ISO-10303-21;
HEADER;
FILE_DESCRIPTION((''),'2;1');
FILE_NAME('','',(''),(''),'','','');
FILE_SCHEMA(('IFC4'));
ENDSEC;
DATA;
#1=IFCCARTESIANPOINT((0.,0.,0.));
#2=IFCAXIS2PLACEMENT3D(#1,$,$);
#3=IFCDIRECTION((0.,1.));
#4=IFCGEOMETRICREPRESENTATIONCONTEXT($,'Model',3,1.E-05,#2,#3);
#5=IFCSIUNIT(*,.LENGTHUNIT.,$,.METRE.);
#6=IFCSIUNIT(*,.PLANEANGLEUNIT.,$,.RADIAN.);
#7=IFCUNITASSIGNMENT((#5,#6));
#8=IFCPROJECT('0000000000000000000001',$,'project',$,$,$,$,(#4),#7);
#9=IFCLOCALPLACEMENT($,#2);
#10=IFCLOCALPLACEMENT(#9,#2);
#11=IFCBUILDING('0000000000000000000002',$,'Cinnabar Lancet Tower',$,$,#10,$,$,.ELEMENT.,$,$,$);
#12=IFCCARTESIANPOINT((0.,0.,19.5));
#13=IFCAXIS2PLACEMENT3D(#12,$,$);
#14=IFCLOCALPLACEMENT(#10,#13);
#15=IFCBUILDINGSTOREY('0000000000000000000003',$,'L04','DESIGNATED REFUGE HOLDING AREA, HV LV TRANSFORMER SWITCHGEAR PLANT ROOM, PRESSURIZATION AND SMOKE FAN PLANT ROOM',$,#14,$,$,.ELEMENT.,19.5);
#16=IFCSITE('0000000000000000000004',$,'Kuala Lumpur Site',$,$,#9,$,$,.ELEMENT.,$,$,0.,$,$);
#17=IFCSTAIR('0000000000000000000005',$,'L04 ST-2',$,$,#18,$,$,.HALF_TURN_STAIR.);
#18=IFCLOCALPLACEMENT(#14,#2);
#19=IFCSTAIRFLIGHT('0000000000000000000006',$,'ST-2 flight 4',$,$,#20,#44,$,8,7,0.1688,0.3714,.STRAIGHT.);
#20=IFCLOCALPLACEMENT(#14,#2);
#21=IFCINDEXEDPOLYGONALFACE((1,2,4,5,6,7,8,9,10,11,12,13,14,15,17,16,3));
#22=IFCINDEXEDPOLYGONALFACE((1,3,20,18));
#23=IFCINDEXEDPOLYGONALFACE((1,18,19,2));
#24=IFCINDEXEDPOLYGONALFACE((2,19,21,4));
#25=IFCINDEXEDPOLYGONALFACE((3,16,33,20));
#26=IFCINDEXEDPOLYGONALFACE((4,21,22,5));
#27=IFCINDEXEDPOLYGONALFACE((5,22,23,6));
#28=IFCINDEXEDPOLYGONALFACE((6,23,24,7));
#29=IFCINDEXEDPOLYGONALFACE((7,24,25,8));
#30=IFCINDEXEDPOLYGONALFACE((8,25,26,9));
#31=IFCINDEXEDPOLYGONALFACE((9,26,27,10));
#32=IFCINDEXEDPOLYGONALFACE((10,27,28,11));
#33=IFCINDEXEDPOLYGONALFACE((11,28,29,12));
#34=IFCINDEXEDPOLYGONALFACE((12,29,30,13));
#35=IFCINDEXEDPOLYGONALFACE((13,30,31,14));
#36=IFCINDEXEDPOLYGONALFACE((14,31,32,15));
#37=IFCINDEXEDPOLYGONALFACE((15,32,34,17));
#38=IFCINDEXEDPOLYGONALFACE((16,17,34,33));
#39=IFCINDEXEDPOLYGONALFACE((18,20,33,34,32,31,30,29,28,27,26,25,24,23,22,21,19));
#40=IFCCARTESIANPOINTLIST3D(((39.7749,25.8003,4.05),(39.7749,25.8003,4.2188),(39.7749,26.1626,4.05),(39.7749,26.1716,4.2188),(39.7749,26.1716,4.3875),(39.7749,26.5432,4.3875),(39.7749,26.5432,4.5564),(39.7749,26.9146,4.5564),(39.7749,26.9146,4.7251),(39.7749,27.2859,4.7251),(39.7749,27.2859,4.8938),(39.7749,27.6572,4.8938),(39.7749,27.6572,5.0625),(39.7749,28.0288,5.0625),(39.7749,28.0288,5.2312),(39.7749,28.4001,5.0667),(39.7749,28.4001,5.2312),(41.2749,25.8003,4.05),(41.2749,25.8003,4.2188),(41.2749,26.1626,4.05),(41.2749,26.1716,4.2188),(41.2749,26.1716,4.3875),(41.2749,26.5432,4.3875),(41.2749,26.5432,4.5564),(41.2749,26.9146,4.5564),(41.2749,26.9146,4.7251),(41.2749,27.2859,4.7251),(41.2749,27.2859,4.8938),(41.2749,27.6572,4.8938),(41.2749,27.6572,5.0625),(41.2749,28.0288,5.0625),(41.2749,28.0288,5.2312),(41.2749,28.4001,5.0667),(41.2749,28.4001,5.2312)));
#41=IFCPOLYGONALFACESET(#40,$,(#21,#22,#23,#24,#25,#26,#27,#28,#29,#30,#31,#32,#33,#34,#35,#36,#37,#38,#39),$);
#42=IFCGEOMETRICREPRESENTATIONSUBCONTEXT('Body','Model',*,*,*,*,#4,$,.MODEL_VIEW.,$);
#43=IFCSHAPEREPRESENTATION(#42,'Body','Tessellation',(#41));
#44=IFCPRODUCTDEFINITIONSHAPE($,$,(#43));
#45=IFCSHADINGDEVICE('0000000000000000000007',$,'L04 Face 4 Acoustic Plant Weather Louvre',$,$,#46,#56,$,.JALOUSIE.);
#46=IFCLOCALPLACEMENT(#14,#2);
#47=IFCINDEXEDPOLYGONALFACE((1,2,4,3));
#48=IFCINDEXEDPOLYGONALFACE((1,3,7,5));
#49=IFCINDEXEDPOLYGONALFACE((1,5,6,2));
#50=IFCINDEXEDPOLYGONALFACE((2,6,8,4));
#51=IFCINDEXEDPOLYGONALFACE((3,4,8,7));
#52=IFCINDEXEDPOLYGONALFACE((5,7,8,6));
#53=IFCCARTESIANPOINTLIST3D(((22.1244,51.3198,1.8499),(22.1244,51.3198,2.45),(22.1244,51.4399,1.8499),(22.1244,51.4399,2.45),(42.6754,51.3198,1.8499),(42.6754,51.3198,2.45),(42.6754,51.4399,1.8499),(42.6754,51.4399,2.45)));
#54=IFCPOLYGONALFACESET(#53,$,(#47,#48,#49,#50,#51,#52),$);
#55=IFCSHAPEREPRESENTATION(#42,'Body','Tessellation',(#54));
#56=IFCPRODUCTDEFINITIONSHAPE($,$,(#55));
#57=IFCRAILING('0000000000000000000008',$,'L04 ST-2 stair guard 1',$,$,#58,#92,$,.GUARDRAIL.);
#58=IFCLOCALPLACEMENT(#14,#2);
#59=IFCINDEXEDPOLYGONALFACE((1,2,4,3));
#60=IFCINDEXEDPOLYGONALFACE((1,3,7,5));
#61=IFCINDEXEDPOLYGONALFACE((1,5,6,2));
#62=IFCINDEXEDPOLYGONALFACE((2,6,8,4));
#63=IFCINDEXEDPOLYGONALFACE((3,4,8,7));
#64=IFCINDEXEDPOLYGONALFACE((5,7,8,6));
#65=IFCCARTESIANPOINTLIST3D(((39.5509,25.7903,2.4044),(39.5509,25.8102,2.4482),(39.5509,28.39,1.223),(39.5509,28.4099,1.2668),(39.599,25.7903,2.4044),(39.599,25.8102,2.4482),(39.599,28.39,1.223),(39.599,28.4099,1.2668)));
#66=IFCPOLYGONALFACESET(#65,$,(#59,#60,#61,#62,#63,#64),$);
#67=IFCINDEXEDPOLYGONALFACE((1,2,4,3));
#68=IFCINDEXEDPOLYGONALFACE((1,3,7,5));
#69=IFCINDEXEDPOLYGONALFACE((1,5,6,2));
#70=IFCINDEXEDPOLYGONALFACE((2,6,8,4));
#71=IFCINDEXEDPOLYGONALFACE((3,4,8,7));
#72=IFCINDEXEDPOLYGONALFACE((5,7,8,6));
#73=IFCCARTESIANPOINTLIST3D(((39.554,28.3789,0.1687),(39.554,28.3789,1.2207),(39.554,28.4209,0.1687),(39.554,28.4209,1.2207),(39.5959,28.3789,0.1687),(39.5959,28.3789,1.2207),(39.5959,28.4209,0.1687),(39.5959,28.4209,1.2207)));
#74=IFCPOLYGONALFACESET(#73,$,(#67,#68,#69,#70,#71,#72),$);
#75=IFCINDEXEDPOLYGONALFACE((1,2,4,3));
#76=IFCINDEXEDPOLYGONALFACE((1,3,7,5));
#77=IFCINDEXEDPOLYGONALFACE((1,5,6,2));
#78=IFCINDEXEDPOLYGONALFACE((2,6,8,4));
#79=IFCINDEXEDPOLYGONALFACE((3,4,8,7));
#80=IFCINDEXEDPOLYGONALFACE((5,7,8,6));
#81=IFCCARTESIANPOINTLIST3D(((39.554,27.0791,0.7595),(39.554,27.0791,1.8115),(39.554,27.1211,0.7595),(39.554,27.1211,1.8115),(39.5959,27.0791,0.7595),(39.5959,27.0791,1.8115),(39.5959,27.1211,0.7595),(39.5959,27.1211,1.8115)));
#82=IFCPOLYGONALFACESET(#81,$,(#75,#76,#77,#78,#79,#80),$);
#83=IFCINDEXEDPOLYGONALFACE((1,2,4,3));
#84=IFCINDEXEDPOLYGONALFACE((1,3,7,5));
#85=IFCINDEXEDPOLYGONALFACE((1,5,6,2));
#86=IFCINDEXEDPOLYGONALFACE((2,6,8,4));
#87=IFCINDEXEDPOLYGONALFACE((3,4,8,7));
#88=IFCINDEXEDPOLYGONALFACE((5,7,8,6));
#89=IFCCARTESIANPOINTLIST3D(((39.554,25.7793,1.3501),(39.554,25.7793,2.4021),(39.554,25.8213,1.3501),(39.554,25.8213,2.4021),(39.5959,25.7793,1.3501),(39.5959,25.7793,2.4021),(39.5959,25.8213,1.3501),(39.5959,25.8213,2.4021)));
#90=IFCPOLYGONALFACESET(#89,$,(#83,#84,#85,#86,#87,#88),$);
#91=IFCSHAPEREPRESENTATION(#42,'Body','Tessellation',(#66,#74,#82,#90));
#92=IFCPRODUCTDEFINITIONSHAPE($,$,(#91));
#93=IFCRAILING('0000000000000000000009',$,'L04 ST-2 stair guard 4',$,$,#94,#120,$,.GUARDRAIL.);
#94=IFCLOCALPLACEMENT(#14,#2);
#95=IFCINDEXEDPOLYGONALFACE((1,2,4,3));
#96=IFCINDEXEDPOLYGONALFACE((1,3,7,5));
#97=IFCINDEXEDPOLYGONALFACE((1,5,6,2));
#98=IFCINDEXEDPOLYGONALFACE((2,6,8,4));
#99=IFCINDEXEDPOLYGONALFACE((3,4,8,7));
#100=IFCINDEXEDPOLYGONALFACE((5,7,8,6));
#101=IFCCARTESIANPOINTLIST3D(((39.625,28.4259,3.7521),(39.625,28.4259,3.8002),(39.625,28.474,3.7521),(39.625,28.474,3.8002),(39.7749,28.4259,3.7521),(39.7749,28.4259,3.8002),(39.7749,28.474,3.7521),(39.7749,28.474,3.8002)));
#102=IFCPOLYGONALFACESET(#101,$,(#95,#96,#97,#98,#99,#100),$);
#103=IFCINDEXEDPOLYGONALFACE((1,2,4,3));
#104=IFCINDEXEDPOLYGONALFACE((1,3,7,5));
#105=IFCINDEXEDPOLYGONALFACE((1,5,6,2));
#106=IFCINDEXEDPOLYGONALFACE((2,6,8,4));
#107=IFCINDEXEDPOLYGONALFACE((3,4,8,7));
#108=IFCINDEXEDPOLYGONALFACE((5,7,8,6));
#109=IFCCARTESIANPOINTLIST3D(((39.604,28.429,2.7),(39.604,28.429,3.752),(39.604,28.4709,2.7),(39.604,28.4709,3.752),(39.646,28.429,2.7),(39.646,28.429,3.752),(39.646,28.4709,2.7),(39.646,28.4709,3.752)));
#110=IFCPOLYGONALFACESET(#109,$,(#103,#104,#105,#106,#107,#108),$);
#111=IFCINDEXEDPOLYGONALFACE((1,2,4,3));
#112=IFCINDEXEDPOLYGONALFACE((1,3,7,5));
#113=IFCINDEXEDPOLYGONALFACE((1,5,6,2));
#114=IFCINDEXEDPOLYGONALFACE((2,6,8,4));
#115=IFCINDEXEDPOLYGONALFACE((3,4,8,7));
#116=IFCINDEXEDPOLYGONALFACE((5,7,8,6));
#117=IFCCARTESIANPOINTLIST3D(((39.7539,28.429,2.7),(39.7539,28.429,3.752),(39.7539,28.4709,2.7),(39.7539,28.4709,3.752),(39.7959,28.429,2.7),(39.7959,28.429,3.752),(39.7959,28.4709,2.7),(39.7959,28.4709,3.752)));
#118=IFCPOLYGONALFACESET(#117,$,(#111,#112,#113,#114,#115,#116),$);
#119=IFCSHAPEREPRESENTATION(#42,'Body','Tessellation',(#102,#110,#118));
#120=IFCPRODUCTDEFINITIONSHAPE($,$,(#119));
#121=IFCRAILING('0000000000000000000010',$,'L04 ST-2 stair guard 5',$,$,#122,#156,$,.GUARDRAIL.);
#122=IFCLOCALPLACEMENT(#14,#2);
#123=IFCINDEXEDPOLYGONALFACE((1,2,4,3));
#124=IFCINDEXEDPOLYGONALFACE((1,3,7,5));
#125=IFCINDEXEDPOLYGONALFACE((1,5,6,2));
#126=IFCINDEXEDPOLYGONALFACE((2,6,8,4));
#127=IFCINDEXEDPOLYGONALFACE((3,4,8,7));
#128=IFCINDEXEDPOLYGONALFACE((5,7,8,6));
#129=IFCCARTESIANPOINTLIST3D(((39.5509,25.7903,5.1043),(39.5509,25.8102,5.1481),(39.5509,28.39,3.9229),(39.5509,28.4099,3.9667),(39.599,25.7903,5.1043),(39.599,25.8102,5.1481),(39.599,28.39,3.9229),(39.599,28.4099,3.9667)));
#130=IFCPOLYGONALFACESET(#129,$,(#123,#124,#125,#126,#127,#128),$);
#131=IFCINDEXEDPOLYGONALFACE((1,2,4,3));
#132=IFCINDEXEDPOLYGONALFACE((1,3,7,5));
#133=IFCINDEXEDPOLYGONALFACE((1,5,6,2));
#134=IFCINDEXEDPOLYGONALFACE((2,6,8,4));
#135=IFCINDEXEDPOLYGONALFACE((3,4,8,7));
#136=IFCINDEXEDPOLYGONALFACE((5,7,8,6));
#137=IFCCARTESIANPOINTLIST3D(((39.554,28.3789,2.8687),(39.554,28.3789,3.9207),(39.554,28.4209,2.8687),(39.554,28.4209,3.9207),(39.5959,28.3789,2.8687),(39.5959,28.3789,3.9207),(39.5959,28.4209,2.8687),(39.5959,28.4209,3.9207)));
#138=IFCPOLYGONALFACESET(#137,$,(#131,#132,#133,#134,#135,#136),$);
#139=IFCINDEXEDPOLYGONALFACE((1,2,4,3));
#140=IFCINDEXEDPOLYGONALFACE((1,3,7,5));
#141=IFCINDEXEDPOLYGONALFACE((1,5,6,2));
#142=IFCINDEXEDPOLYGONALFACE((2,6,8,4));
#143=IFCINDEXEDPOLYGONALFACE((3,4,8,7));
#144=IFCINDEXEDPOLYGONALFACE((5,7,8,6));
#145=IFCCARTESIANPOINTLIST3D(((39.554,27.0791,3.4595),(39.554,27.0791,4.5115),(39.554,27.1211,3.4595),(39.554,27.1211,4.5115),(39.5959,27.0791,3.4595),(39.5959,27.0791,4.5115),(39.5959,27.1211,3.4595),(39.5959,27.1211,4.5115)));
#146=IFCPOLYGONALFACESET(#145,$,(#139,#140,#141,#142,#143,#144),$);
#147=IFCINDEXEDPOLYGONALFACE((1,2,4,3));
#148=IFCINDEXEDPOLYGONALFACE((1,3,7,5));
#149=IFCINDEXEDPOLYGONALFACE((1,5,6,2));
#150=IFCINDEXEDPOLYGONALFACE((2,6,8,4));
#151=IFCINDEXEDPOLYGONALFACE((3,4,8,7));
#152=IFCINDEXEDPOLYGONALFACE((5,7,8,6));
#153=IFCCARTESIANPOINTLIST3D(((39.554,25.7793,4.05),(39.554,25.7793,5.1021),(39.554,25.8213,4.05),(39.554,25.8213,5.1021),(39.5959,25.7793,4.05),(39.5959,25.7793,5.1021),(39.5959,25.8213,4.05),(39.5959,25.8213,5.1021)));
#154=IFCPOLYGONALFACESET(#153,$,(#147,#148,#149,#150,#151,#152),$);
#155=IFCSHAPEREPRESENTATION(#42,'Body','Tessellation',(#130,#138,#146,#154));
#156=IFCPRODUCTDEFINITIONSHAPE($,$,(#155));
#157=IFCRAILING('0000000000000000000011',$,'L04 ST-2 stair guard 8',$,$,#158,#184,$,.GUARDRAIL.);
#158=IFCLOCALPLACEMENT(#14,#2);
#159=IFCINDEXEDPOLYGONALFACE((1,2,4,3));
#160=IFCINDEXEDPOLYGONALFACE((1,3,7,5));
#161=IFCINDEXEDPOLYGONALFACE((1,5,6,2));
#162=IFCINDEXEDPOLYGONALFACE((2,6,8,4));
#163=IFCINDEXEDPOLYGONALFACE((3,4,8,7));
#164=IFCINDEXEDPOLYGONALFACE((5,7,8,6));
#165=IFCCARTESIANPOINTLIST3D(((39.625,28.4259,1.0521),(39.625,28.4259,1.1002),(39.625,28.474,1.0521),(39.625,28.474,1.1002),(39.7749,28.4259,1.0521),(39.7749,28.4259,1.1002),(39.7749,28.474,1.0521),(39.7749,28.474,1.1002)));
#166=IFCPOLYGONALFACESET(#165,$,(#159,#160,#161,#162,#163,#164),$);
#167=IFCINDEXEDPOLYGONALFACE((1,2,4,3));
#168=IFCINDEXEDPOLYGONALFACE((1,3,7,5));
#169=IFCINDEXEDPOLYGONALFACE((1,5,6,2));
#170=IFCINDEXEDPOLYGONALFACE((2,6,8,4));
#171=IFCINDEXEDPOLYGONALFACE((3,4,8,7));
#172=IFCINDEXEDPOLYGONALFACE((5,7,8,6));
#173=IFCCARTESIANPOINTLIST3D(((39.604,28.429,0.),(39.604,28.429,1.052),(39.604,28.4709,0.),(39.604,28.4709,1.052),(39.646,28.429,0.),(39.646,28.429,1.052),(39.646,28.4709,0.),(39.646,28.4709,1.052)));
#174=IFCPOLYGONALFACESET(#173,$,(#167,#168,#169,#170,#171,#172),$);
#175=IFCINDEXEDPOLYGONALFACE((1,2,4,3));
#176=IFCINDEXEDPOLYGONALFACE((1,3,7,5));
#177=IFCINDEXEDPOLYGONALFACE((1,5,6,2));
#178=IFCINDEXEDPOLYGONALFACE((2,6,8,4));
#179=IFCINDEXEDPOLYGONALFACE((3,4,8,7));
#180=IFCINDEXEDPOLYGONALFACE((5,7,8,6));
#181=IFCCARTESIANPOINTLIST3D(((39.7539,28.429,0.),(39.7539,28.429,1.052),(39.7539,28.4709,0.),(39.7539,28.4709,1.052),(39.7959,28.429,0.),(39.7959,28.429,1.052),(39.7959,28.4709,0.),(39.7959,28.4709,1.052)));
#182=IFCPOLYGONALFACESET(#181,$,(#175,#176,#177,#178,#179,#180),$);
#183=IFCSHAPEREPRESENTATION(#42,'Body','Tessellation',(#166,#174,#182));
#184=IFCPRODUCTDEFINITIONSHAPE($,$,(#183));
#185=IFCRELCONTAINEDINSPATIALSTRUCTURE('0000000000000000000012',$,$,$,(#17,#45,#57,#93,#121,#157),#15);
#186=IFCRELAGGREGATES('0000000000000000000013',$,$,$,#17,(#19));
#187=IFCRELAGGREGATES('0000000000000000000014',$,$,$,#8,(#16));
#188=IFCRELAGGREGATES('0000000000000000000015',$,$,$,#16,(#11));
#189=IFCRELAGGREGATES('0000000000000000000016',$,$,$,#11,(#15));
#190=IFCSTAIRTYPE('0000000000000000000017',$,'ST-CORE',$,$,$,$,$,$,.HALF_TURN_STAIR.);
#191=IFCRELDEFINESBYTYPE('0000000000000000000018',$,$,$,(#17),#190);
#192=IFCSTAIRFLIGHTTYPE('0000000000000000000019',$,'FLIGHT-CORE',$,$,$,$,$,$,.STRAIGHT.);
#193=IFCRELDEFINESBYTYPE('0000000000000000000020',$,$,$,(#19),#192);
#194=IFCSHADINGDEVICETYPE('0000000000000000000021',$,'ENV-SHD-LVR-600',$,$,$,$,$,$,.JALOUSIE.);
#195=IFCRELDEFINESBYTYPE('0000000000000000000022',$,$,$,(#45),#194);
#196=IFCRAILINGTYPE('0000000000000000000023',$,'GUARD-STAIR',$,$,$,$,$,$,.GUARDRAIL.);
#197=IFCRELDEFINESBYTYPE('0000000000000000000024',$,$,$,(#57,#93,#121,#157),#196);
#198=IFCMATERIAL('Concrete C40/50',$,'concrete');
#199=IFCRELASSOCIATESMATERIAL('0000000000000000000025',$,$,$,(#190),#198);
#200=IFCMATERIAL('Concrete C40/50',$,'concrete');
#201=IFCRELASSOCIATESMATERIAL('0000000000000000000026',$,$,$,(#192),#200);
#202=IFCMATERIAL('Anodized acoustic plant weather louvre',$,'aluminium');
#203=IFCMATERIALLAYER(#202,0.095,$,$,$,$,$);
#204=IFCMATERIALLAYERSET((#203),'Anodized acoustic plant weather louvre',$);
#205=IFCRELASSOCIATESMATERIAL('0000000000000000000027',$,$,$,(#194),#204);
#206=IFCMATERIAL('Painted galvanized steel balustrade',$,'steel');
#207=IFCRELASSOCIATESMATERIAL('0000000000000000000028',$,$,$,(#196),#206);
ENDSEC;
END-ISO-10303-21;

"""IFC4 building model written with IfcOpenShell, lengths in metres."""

from ifc_helpers import new_model, si_unit, direction, frame, origin, origin_2d, place, context, subcontext, project, spatial, polyline, rectangle, outline, extrude, material, layer, layer_set, type_object, element, aggregate, save


model = new_model("IFC4")

# Units and contexts
model_context = context("Model", 3, precision=1e-05, world=origin(), true_north=direction((0.0, 1.0)))
body_context = subcontext(model_context, "Body", "Model", "MODEL_VIEW")
ifc_project = project(units=[si_unit("LENGTHUNIT", "METRE"), si_unit("PLANEANGLEUNIT", "RADIAN")], contexts=[model_context])

# Site, building, storey
site_placement = place(None, origin())
site = spatial("IfcSite", under=ifc_project, at=site_placement, Name="Kuala Lumpur Site", CompositionType="ELEMENT", RefElevation=0.0)
building_placement = place(site_placement, origin())
building = spatial("IfcBuilding", under=site, at=building_placement, Name="Cinnabar Lancet Tower", CompositionType="ELEMENT")
storey_placement = place(building_placement, frame((0.0, 0.0, 19.5)))
storey = spatial("IfcBuildingStorey", under=building, at=storey_placement, Name="L04", Description="DESIGNATED REFUGE HOLDING AREA, HV LV TRANSFORMER SWITCHGEAR PLANT ROOM, PRESSURIZATION AND SMOKE FAN PLANT ROOM", CompositionType="ELEMENT", Elevation=19.5)

# Stair, stair flight
ifc_material_1 = material(Name="Concrete C40/50", Category="concrete")
stair_type = type_object("IfcStairType", Name="ST-CORE", PredefinedType="HALF_TURN_STAIR", material=ifc_material_1)
stair_placement = place(storey_placement, origin())
stair = element("IfcStair", 1, at=stair_placement, inside=storey, type_object=stair_type, Name="L04 ST-2", PredefinedType="HALF_TURN_STAIR")
ifc_material_2 = material(Name="Concrete C40/50", Category="concrete")
stair_flight_type = type_object("IfcStairFlightType", Name="FLIGHT-CORE", PredefinedType="STRAIGHT", material=ifc_material_2)
stair_flight_1_placement = place(storey_placement, frame((40.5249, 25.8003, 4.05), z_axis=(0.0, 0.0, 1.0), x_axis=(0.0, 1.0, 0.0)))
stair_flight_1 = element("IfcStairFlight", 2, at=stair_flight_1_placement, type_object=stair_flight_type, Name="ST-2 flight 4", NumberOfRisers=8, NumberOfTreads=7, PredefinedType="STRAIGHT", RiserHeight=0.1688, TreadLength=0.3714, context=body_context, shape_type="SweptSolid", body=[
    extrude(outline(polyline([(0.0, 0.0), (0.0, 0.1687), (0.3713, 0.1687), (0.3713, 0.3374), (0.7429, 0.3374), (0.7429, 0.5063), (1.1143, 0.5063), (1.1143, 0.675), (1.4856, 0.675), (1.4856, 0.8438), (1.8569, 0.8438), (1.8569, 1.0125), (2.2285, 1.0125), (2.2285, 1.1812), (2.5999, 1.1812), (2.5999, 1.3501), (2.5999, 1.0166), (0.3623, 0.0), (0.0, 0.0)])), frame((0.0, 0.75, 0.0), z_axis=(0.0, -1.0, 0.0), x_axis=(1.0, 0.0, 0.0)), (0.0, 0.0, 1.0), 1.5),
])
aggregate(stair, [stair_flight_1])

# Shading device
ifc_material_3 = material(Name="Anodized acoustic plant weather louvre", Category="aluminium")
ifc_layer_1 = layer(ifc_material_3, 0.095)
ifc_layer_set_1 = layer_set([ifc_layer_1], Name="Anodized acoustic plant weather louvre")
shading_device_type = type_object("IfcShadingDeviceType", Name="ENV-SHD-LVR-600", PredefinedType="JALOUSIE", material=ifc_layer_set_1)
shading_device_placement = place(storey_placement, frame((32.3999, 51.3799, 1.8499), z_axis=(0.0, 0.0, 1.0), x_axis=(-1.0, 0.0, 0.0)))
element("IfcShadingDevice", 3, at=shading_device_placement, inside=storey, type_object=shading_device_type, Name="L04 Face 4 Acoustic Plant Weather Louvre", PredefinedType="JALOUSIE", context=body_context, shape_type="SweptSolid", body=[
    extrude(rectangle(XDim=20.551, YDim=0.1201, at=origin_2d()), origin(), (0.0, 0.0, 1.0), 0.6001),
])

# Railings
ifc_material_4 = material(Name="Painted galvanized steel balustrade", Category="steel")
railing_type_1 = type_object("IfcRailingType", Name="GUARD-STAIR", PredefinedType="GUARDRAIL", material=ifc_material_4)
railing_1_placement = place(storey_placement, frame((39.575, 28.3999, 0.1687)))
element("IfcRailing", 4, at=railing_1_placement, inside=storey, type_object=railing_type_1, Name="L04 ST-2 stair guard 1", PredefinedType="GUARDRAIL", context=body_context, shape_type="SweptSolid", body=[
    extrude(rectangle(XDim=0.0481, YDim=0.0481, at=origin_2d()), frame((0.0, 0.0, 1.0762), z_axis=(0.0, -0.910399, 0.413732), x_axis=(1.0, 0.0, 0.0)), (0.0, 0.0, 1.0), 2.8555),
    extrude(rectangle(XDim=0.042, YDim=0.042, at=origin_2d()), origin(), (0.0, 0.0, 1.0), 1.052),
    extrude(rectangle(XDim=0.042, YDim=0.042, at=origin_2d()), frame((0.0, -1.2998, 0.5908)), (0.0, 0.0, 1.0), 1.052),
    extrude(rectangle(XDim=0.042, YDim=0.042, at=origin_2d()), frame((0.0, -2.5996, 1.1814)), (0.0, 0.0, 1.0), 1.052),
])
railing_2_placement = place(storey_placement, frame((39.625, 28.45, 2.7)))
element("IfcRailing", 5, at=railing_2_placement, inside=storey, type_object=railing_type_1, Name="L04 ST-2 stair guard 4", PredefinedType="GUARDRAIL", context=body_context, shape_type="SweptSolid", body=[
    extrude(rectangle(XDim=0.0481, YDim=0.0481, at=origin_2d()), frame((0.0, 0.0, 1.0762), z_axis=(1.0, 0.0, 0.0), x_axis=(0.0, 1.0, 0.0)), (0.0, 0.0, 1.0), 0.1499),
    extrude(rectangle(XDim=0.042, YDim=0.042, at=origin_2d()), origin(), (0.0, 0.0, 1.0), 1.052),
    extrude(rectangle(XDim=0.042, YDim=0.042, at=origin_2d()), frame((0.1499, 0.0, 0.0)), (0.0, 0.0, 1.0), 1.052),
])
railing_3_placement = place(storey_placement, frame((39.575, 28.3999, 2.8687)))
element("IfcRailing", 6, at=railing_3_placement, inside=storey, type_object=railing_type_1, Name="L04 ST-2 stair guard 5", PredefinedType="GUARDRAIL", context=body_context, shape_type="SweptSolid", body=[
    extrude(rectangle(XDim=0.0481, YDim=0.0481, at=origin_2d()), frame((0.0, 0.0, 1.0762), z_axis=(0.0, -0.910399, 0.413732), x_axis=(1.0, 0.0, 0.0)), (0.0, 0.0, 1.0), 2.8555),
    extrude(rectangle(XDim=0.042, YDim=0.042, at=origin_2d()), origin(), (0.0, 0.0, 1.0), 1.052),
    extrude(rectangle(XDim=0.042, YDim=0.042, at=origin_2d()), frame((0.0, -1.2998, 0.5908)), (0.0, 0.0, 1.0), 1.052),
    extrude(rectangle(XDim=0.042, YDim=0.042, at=origin_2d()), frame((0.0, -2.5996, 1.1814)), (0.0, 0.0, 1.0), 1.052),
])
railing_4_placement = place(storey_placement, frame((39.625, 28.45, 0.0)))
element("IfcRailing", 7, at=railing_4_placement, inside=storey, type_object=railing_type_1, Name="L04 ST-2 stair guard 8", PredefinedType="GUARDRAIL", context=body_context, shape_type="SweptSolid", body=[
    extrude(rectangle(XDim=0.0481, YDim=0.0481, at=origin_2d()), frame((0.0, 0.0, 1.0762), z_axis=(1.0, 0.0, 0.0), x_axis=(0.0, 1.0, 0.0)), (0.0, 0.0, 1.0), 0.1499),
    extrude(rectangle(XDim=0.042, YDim=0.042, at=origin_2d()), origin(), (0.0, 0.0, 1.0), 1.052),
    extrude(rectangle(XDim=0.042, YDim=0.042, at=origin_2d()), frame((0.1499, 0.0, 0.0)), (0.0, 0.0, 1.0), 1.052),
])

save(model, "model.ifc")
